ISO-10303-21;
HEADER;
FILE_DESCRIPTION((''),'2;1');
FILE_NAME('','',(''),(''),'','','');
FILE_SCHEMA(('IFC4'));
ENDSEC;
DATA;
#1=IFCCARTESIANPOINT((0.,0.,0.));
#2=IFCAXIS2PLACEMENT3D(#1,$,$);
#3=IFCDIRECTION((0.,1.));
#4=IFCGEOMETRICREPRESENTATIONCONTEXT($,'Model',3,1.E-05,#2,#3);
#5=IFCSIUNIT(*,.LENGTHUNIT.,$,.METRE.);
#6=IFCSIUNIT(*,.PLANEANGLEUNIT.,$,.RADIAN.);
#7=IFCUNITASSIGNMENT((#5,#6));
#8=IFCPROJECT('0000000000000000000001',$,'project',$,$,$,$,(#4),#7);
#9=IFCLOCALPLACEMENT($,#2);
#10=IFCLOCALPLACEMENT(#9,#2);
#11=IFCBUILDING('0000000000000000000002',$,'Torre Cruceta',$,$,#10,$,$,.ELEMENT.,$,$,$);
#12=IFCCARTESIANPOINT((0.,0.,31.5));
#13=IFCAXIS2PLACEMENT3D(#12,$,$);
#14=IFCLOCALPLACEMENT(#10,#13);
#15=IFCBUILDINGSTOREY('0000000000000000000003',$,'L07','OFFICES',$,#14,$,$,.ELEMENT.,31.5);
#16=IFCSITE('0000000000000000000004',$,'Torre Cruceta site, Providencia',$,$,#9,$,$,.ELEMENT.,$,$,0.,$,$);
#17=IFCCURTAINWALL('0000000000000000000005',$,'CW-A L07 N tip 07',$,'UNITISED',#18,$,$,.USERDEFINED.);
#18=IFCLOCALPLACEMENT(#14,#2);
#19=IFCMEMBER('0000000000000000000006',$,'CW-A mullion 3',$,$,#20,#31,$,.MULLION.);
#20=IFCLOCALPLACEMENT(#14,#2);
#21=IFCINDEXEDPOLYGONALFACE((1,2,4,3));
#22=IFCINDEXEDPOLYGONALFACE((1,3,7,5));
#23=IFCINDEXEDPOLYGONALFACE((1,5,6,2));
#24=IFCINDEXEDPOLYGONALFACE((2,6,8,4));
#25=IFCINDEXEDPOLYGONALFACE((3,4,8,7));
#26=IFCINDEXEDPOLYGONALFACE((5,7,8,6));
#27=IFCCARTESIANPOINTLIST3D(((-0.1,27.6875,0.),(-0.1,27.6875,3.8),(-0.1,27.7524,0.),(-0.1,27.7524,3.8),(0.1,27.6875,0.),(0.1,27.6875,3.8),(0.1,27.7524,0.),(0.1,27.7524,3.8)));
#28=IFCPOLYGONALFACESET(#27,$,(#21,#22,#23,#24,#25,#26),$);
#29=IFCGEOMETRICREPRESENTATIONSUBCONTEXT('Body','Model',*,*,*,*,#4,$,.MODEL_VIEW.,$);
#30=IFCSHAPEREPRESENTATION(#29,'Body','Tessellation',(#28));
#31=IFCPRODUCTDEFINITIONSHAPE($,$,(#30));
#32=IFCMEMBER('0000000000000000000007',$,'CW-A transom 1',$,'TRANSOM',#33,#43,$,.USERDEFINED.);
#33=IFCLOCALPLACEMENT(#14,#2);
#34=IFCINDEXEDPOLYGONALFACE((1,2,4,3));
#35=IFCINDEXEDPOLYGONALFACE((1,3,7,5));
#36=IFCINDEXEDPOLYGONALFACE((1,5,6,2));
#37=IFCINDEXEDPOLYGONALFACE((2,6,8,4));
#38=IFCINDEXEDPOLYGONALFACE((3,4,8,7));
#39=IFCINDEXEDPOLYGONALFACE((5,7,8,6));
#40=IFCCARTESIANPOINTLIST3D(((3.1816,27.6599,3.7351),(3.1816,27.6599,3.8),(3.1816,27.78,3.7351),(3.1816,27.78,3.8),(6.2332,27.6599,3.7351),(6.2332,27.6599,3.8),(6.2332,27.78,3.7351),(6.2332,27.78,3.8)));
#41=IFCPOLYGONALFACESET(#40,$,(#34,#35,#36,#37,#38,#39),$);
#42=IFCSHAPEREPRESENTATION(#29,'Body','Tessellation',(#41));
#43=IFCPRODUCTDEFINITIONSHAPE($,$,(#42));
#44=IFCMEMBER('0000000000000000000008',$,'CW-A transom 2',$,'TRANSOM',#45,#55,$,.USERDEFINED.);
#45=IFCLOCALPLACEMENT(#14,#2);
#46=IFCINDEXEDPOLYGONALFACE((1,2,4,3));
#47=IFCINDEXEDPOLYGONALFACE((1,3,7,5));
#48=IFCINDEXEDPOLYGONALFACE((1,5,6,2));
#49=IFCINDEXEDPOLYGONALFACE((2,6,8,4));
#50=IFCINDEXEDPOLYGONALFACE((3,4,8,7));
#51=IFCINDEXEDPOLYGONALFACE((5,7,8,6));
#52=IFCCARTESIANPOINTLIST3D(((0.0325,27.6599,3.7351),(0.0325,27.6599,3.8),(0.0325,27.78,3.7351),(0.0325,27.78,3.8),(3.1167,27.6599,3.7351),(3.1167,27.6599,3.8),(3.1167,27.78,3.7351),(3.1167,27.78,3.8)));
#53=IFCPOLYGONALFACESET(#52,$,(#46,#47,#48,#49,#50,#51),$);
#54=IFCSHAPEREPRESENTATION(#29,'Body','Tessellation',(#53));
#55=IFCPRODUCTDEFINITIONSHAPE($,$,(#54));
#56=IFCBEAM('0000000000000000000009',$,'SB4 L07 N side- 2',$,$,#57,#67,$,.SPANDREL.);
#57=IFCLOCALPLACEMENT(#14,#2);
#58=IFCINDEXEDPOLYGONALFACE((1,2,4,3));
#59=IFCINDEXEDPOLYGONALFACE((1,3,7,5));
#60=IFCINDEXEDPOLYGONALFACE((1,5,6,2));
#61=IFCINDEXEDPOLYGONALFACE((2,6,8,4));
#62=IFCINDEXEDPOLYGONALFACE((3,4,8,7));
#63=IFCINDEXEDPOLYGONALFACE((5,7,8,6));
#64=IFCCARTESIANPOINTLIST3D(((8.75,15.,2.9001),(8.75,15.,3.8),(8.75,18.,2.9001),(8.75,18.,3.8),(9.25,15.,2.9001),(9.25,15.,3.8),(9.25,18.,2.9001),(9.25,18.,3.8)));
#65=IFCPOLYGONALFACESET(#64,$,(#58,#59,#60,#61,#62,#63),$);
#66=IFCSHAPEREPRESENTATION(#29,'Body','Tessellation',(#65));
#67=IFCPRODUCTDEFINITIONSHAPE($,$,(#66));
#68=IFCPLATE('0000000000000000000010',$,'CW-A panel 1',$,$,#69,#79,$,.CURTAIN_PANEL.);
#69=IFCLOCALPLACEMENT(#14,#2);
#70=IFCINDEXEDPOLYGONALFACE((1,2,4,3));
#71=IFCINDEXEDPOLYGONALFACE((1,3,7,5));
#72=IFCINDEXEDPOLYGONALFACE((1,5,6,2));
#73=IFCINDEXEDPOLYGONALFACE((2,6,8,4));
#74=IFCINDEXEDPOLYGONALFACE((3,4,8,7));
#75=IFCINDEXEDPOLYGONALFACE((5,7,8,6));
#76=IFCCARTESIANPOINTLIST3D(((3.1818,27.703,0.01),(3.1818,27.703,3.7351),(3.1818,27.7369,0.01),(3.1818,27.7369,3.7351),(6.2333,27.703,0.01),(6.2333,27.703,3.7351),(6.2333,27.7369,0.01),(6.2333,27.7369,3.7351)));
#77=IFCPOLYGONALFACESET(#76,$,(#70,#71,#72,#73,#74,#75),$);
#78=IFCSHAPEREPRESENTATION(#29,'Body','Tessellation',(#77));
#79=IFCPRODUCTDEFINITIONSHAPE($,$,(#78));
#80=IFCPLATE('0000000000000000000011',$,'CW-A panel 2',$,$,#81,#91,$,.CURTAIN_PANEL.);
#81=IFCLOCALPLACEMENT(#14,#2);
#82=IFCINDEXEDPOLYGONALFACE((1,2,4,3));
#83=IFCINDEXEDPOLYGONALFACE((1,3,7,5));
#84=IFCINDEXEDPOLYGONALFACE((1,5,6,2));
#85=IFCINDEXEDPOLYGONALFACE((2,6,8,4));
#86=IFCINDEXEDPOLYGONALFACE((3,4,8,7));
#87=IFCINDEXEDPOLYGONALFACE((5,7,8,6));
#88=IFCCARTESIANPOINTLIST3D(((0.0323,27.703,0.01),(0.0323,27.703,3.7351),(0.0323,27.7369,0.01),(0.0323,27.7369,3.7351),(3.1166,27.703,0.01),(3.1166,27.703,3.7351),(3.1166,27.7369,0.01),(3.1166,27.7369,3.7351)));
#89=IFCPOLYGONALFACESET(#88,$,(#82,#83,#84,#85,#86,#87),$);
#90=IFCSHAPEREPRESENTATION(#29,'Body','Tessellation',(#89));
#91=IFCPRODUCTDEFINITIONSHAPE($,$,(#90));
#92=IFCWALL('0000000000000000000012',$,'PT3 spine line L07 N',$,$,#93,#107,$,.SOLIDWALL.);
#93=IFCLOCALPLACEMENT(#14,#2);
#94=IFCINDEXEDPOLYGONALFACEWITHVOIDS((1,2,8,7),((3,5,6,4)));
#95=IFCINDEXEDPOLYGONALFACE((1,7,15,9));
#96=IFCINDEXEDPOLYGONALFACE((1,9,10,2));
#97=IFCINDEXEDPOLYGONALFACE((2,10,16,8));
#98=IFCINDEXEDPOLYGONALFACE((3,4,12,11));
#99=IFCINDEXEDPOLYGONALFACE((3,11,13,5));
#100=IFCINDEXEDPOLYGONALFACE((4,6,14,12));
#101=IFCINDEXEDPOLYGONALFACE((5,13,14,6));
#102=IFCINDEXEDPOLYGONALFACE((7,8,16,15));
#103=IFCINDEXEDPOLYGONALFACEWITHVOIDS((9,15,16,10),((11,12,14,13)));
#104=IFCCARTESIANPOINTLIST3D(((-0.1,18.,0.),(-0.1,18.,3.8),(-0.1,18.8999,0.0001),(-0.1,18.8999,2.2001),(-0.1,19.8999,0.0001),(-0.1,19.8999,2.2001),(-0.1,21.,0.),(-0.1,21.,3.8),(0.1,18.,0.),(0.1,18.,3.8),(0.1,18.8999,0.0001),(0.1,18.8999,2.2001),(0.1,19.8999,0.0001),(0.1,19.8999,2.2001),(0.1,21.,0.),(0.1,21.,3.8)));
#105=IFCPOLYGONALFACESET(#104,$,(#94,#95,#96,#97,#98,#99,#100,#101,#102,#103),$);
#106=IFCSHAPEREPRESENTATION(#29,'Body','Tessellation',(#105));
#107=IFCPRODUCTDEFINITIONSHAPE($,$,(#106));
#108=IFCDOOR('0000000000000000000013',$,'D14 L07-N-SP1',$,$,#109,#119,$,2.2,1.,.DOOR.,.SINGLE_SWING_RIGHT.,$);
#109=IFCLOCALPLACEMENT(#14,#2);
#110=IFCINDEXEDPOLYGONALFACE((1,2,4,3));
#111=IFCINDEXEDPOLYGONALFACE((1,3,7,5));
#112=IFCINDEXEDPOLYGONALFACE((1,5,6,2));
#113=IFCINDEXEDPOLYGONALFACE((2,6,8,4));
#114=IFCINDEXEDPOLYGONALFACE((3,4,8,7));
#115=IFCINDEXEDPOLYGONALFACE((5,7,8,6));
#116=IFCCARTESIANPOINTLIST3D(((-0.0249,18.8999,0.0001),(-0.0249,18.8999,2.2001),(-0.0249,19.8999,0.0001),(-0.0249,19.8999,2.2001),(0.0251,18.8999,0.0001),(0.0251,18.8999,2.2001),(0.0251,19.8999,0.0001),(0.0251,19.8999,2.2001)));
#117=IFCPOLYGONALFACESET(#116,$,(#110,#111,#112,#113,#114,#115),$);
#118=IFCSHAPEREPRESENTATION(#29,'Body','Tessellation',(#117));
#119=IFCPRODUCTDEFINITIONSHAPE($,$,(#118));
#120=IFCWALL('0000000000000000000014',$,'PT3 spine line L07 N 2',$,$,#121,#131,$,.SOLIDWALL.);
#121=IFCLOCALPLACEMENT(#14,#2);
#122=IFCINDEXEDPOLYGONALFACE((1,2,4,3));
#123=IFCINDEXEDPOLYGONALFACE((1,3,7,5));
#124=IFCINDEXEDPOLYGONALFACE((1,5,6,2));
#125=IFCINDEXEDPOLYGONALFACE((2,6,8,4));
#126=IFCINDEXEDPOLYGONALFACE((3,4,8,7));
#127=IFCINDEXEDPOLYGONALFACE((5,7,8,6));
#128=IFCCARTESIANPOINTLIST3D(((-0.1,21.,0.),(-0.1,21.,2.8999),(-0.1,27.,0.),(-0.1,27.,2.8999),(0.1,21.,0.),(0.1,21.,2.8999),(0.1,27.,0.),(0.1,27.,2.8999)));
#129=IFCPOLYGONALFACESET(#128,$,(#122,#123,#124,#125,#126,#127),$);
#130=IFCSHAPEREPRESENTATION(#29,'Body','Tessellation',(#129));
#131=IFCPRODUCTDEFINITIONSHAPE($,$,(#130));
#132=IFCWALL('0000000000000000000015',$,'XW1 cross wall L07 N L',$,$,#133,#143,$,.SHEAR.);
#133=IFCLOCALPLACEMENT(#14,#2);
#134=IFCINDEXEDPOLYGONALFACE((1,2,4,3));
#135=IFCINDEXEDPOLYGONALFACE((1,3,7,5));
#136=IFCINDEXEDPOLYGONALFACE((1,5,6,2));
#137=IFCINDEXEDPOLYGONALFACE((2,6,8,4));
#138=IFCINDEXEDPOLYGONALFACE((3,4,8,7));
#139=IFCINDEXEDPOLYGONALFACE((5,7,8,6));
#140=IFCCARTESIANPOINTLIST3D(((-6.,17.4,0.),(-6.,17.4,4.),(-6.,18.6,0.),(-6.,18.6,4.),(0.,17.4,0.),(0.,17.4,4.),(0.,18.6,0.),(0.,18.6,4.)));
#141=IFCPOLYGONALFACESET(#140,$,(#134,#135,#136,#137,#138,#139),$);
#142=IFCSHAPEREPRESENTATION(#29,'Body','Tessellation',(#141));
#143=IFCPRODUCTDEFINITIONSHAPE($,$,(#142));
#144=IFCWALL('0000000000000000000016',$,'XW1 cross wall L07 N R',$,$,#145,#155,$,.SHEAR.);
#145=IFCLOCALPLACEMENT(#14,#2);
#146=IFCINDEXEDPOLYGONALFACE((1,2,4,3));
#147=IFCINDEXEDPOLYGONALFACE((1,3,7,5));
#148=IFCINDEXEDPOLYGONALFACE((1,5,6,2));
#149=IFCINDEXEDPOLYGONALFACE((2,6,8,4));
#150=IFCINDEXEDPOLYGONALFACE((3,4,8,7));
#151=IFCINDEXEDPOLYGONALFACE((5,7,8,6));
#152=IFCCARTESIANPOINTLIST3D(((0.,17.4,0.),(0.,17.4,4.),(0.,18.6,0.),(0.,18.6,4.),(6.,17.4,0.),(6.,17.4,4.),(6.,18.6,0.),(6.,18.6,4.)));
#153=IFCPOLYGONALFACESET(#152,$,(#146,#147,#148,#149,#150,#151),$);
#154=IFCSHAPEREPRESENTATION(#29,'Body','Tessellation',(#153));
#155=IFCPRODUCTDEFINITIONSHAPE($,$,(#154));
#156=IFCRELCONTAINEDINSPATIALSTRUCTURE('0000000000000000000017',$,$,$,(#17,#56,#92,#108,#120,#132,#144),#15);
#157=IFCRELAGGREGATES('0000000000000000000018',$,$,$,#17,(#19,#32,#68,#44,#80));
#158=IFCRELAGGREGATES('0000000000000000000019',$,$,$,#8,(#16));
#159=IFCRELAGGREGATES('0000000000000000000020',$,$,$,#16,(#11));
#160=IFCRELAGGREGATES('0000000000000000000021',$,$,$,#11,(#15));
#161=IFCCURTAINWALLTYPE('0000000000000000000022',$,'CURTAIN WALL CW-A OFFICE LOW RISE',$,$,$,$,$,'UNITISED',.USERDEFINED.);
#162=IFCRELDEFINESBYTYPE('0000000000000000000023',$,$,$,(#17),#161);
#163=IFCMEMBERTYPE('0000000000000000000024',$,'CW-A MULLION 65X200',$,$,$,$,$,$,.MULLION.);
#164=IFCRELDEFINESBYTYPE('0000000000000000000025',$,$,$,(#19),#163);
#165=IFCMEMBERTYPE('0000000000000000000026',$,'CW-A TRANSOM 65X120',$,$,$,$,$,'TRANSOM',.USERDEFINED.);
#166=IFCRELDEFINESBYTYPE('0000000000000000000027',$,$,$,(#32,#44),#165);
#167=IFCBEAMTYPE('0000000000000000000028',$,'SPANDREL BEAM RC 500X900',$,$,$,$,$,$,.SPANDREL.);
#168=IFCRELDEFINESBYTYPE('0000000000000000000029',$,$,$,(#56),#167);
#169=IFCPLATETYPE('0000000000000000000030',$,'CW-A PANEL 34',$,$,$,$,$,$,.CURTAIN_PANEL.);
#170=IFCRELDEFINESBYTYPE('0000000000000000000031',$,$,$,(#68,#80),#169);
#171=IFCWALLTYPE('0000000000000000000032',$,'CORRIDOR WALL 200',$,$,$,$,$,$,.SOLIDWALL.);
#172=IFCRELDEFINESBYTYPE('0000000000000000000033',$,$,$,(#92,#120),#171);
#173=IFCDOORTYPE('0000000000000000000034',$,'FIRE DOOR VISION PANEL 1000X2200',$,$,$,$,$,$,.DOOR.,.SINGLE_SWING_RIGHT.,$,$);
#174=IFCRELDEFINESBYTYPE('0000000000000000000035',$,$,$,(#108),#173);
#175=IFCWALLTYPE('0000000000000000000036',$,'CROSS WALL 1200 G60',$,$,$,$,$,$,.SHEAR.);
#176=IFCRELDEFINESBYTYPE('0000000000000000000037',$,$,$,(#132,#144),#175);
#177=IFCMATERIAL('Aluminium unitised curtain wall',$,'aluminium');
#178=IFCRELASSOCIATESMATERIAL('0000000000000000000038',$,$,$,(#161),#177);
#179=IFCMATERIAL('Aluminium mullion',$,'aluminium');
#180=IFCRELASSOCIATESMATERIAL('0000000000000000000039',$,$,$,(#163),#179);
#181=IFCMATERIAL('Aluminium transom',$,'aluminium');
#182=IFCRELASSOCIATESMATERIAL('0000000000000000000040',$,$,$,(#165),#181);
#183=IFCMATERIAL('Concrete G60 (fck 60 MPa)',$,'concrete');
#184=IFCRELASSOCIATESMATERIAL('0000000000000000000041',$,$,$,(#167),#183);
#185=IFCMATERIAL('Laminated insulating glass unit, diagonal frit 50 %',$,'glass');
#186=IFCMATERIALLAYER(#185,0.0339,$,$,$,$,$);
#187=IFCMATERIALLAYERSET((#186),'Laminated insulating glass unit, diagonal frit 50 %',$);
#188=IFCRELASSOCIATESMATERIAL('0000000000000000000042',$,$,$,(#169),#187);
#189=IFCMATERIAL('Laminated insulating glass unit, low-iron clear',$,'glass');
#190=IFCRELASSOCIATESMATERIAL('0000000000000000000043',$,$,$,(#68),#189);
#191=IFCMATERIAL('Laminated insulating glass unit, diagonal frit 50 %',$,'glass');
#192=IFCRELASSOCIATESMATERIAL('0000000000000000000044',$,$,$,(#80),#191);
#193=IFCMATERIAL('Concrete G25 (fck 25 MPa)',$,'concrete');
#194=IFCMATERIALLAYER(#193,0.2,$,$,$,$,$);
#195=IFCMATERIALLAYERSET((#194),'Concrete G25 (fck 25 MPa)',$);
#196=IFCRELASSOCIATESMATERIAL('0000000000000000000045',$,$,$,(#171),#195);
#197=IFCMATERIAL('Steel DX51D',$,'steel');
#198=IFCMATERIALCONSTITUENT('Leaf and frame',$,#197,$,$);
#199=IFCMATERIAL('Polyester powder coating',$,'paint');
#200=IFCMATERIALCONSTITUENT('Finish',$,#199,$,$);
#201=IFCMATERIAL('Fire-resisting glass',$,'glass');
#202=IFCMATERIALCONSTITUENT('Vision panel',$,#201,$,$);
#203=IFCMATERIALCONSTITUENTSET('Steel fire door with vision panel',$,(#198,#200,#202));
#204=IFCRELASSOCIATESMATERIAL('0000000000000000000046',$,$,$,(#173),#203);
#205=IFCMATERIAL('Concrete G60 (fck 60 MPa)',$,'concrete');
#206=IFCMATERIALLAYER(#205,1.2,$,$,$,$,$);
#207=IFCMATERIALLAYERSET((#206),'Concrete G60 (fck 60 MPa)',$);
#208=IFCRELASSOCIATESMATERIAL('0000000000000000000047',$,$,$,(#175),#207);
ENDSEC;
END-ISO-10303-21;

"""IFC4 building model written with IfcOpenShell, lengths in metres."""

from ifc_helpers import new_model, si_unit, direction, frame, frame_2d, origin, origin_2d, place, context, subcontext, project, spatial, rectangle, extrude, material, layer, layer_set, constituent, constituent_set, material_profile, profile_set, type_object, element, fill, aggregate, save


model = new_model("IFC4")

# Units and contexts
model_context = context("Model", 3, precision=1e-05, world=origin(), true_north=direction((0.0, 1.0)))
body_context = subcontext(model_context, "Body", "Model", "MODEL_VIEW")
ifc_project = project(units=[si_unit("LENGTHUNIT", "METRE"), si_unit("PLANEANGLEUNIT", "RADIAN")], contexts=[model_context])

# Site, building, storey
site_placement = place(None, origin())
site = spatial("IfcSite", under=ifc_project, at=site_placement, Name="Torre Cruceta site, Providencia", CompositionType="ELEMENT", RefElevation=0.0)
building_placement = place(site_placement, origin())
building = spatial("IfcBuilding", under=site, at=building_placement, Name="Torre Cruceta", CompositionType="ELEMENT")
storey_placement = place(building_placement, frame((0.0, 0.0, 31.5)))
storey = spatial("IfcBuildingStorey", under=building, at=storey_placement, Name="L07", Description="OFFICES", CompositionType="ELEMENT", Elevation=31.5)

# Curtain wall, members
ifc_material_1 = material(Name="Aluminium unitised curtain wall", Category="aluminium")
curtain_wall_type = type_object("IfcCurtainWallType", Name="CURTAIN WALL CW-A OFFICE LOW RISE", ElementType="UNITISED", PredefinedType="USERDEFINED", material=ifc_material_1)
curtain_wall_placement = place(storey_placement, origin())
curtain_wall = element("IfcCurtainWall", 1, at=curtain_wall_placement, inside=storey, type_object=curtain_wall_type, Name="CW-A L07 N tip 07", ObjectType="UNITISED", PredefinedType="USERDEFINED")
ifc_material_2 = material(Name="Aluminium mullion", Category="aluminium")
ifc_material_profile_1 = material_profile(ifc_material_2, rectangle(XDim=0.0649, YDim=0.2, at=origin_2d()), Name="AL 65X200")
ifc_profile_set_1 = profile_set([ifc_material_profile_1], Name="Aluminium mullion")
member_type_1 = type_object("IfcMemberType", Name="CW-A MULLION 65X200", PredefinedType="MULLION", material=ifc_profile_set_1)
member_1_placement = place(storey_placement, frame((0.0, 27.72, 0.0), z_axis=(0.0, 0.0, 1.0), x_axis=(0.0, -1.0, 0.0)))
member_1 = element("IfcMember", 2, at=member_1_placement, type_object=member_type_1, Name="CW-A mullion 3", PredefinedType="MULLION", context=body_context, shape_type="SweptSolid", body=[
    extrude(rectangle(XDim=0.0649, YDim=0.2, at=origin_2d()), origin(), (0.0, 0.0, 1.0), 3.8),
])
ifc_material_3 = material(Name="Aluminium transom", Category="aluminium")
ifc_material_profile_2 = material_profile(ifc_material_3, rectangle(XDim=0.1201, YDim=0.0649, at=origin_2d()), Name="AL 120X65")
ifc_profile_set_2 = profile_set([ifc_material_profile_2], Name="Aluminium transom")
member_type_2 = type_object("IfcMemberType", Name="CW-A TRANSOM 65X120", ElementType="TRANSOM", PredefinedType="USERDEFINED", material=ifc_profile_set_2)
member_2_placement = place(storey_placement, frame((6.2332, 27.72, 3.7676), z_axis=(-1.0, 0.0, 0.0), x_axis=(0.0, -1.0, 0.0)))
member_2 = element("IfcMember", 3, at=member_2_placement, type_object=member_type_2, Name="CW-A transom 1", ObjectType="TRANSOM", PredefinedType="USERDEFINED", context=body_context, shape_type="SweptSolid", body=[
    extrude(rectangle(XDim=0.1201, YDim=0.0649, at=origin_2d()), origin(), (0.0, 0.0, 1.0), 3.0515),
])
member_3_placement = place(storey_placement, frame((3.1167, 27.72, 3.7676), z_axis=(-1.0, 0.0, 0.0), x_axis=(0.0, -1.0, 0.0)))
member_3 = element("IfcMember", 4, at=member_3_placement, type_object=member_type_2, Name="CW-A transom 2", ObjectType="TRANSOM", PredefinedType="USERDEFINED", context=body_context, shape_type="SweptSolid", body=[
    extrude(rectangle(XDim=0.1201, YDim=0.0649, at=origin_2d()), origin(), (0.0, 0.0, 1.0), 3.0842),
])

# Beam
ifc_material_4 = material(Name="Concrete G60 (fck 60 MPa)", Category="concrete")
ifc_material_profile_3 = material_profile(ifc_material_4, rectangle(XDim=0.5, YDim=0.8999, at=origin_2d()), Name="RC 500X900")
ifc_profile_set_3 = profile_set([ifc_material_profile_3], Name="Concrete G60 (fck 60 MPa)")
beam_type_1 = type_object("IfcBeamType", Name="SPANDREL BEAM RC 500X900", PredefinedType="SPANDREL", material=ifc_profile_set_3)
beam_placement = place(storey_placement, frame((9.0, 15.0, 3.3501), z_axis=(0.0, 1.0, 0.0), x_axis=(-1.0, 0.0, 0.0)))
element("IfcBeam", 5, at=beam_placement, inside=storey, type_object=beam_type_1, Name="SB4 L07 N side- 2", PredefinedType="SPANDREL", context=body_context, shape_type="SweptSolid", body=[
    extrude(rectangle(XDim=0.5, YDim=0.8999, at=origin_2d()), origin(), (0.0, 0.0, 1.0), 3.0),
])

# Plates
ifc_material_5 = material(Name="Laminated insulating glass unit, low-iron clear", Category="glass")
ifc_material_6 = material(Name="Laminated insulating glass unit, diagonal frit 50 %", Category="glass")
ifc_layer_1 = layer(ifc_material_6, 0.0339)
ifc_layer_set_1 = layer_set([ifc_layer_1], Name="Laminated insulating glass unit, diagonal frit 50 %")
plate_type = type_object("IfcPlateType", Name="CW-A PANEL 34", PredefinedType="CURTAIN_PANEL", material=ifc_layer_set_1)
plate_1_placement = place(storey_placement, frame((4.7075, 27.72, 0.01), z_axis=(0.0, 0.0, 1.0), x_axis=(-1.0, 0.0, 0.0)))
plate_1 = element("IfcPlate", 6, at=plate_1_placement, type_object=plate_type, material=ifc_material_5, Name="CW-A panel 1", PredefinedType="CURTAIN_PANEL", context=body_context, shape_type="SweptSolid", body=[
    extrude(rectangle(XDim=3.0515, YDim=0.0339, at=origin_2d()), origin(), (0.0, 0.0, 1.0), 3.7251),
])
ifc_material_7 = material(Name="Laminated insulating glass unit, diagonal frit 50 %", Category="glass")
plate_2_placement = place(storey_placement, frame((1.5745, 27.72, 0.01), z_axis=(0.0, 0.0, 1.0), x_axis=(-1.0, 0.0, 0.0)))
plate_2 = element("IfcPlate", 7, at=plate_2_placement, type_object=plate_type, material=ifc_material_7, Name="CW-A panel 2", PredefinedType="CURTAIN_PANEL", context=body_context, shape_type="SweptSolid", body=[
    extrude(rectangle(XDim=3.0842, YDim=0.0339, at=origin_2d()), origin(), (0.0, 0.0, 1.0), 3.7251),
])
aggregate(curtain_wall, [member_1, member_2, plate_1, member_3, plate_2])

# Wall, opening, door
ifc_material_8 = material(Name="Concrete G25 (fck 25 MPa)", Category="concrete")
ifc_layer_2 = layer(ifc_material_8, 0.2)
ifc_layer_set_2 = layer_set([ifc_layer_2], Name="Concrete G25 (fck 25 MPa)")
wall_type_1 = type_object("IfcWallType", Name="CORRIDOR WALL 200", PredefinedType="SOLIDWALL", material=ifc_layer_set_2)
wall_1_placement = place(storey_placement, frame((0.0, 18.0, 0.0), z_axis=(0.0, 0.0, 1.0), x_axis=(0.0, 1.0, 0.0)))
wall_1 = element("IfcWall", 8, at=wall_1_placement, inside=storey, type_object=wall_type_1, Name="PT3 spine line L07 N", PredefinedType="SOLIDWALL", context=body_context, shape_type="SweptSolid", body=[
    extrude(rectangle(XDim=3.0, YDim=0.2, at=frame_2d((1.5, 0.0))), origin(), (0.0, 0.0, 1.0), 3.8),
])
opening_1_placement = place(wall_1_placement, frame((0.8999, 0.0, 0.0)))
opening_1 = element("IfcOpeningElement", 9, at=opening_1_placement, cuts=wall_1, PredefinedType="OPENING", context=body_context, shape_type="SweptSolid", body=[
    extrude(rectangle(XDim=1.0, YDim=2.2, at=frame_2d((0.5, 1.1001))), frame((0.0, 0.1099, 0.0), z_axis=(0.0, -1.0, 0.0), x_axis=(1.0, 0.0, 0.0)), (0.0, 0.0, 1.0), 0.22),
])
ifc_material_9 = material(Name="Steel DX51D", Category="steel")
ifc_constituent_1 = constituent(ifc_material_9, Name="Leaf and frame")
ifc_material_10 = material(Name="Polyester powder coating", Category="paint")
ifc_constituent_2 = constituent(ifc_material_10, Name="Finish")
ifc_material_11 = material(Name="Fire-resisting glass", Category="glass")
ifc_constituent_3 = constituent(ifc_material_11, Name="Vision panel")
ifc_constituent_set_1 = constituent_set(constituents=[ifc_constituent_1, ifc_constituent_2, ifc_constituent_3], Name="Steel fire door with vision panel")
door_type_1 = type_object("IfcDoorType", Name="FIRE DOOR VISION PANEL 1000X2200", OperationType="SINGLE_SWING_RIGHT", PredefinedType="DOOR", material=ifc_constituent_set_1)
door_1_placement = place(opening_1_placement, frame((1.0, 0.0, 0.0), z_axis=(0.0, 0.0, 1.0), x_axis=(-1.0, 0.0, 0.0)))
door_1 = element("IfcDoor", 10, at=door_1_placement, inside=storey, type_object=door_type_1, Name="D14 L07-N-SP1", OperationType="SINGLE_SWING_RIGHT", OverallHeight=2.2, OverallWidth=1.0, PredefinedType="DOOR", context=body_context, shape_type="SweptSolid", body=[
    extrude(rectangle(XDim=1.0, YDim=2.2, at=frame_2d((0.5, 1.1001))), frame((0.0, 0.0251, 0.0), z_axis=(0.0, -1.0, 0.0), x_axis=(1.0, 0.0, 0.0)), (0.0, 0.0, 1.0), 0.05),
])
fill(opening_1, door_1)

# Walls
wall_2_placement = place(storey_placement, frame((0.0, 21.0, 0.0), z_axis=(0.0, 0.0, 1.0), x_axis=(0.0, 1.0, 0.0)))
element("IfcWall", 11, at=wall_2_placement, inside=storey, type_object=wall_type_1, Name="PT3 spine line L07 N 2", PredefinedType="SOLIDWALL", context=body_context, shape_type="SweptSolid", body=[
    extrude(rectangle(XDim=6.0, YDim=0.2, at=frame_2d((3.0, 0.0))), origin(), (0.0, 0.0, 1.0), 2.8999),
])
ifc_material_12 = material(Name="Concrete G60 (fck 60 MPa)", Category="concrete")
ifc_layer_3 = layer(ifc_material_12, 1.2)
ifc_layer_set_3 = layer_set([ifc_layer_3], Name="Concrete G60 (fck 60 MPa)")
wall_type_2 = type_object("IfcWallType", Name="CROSS WALL 1200 G60", PredefinedType="SHEAR", material=ifc_layer_set_3)
for number, where, z_axis, x_axis, name in (
    (12, (0.0, 18.0, 0.0), (0.0, 0.0, 1.0), (-1.0, 0.0, 0.0), "XW1 cross wall L07 N L"),
    (13, (0.0, 18.0, 0.0), (0.0, 0.0, 1.0), (1.0, 0.0, 0.0), "XW1 cross wall L07 N R"),
):
    element("IfcWall", number, at=place(storey_placement, frame(where, z_axis=z_axis, x_axis=x_axis)), inside=storey, type_object=wall_type_2, Name=name, PredefinedType="SHEAR", context=body_context, shape_type="SweptSolid", body=[
        extrude(rectangle(XDim=6.0, YDim=1.2, at=frame_2d((3.0, 0.0))), origin(), (0.0, 0.0, 1.0), 4.0),
    ])

save(model, "model.ifc")
